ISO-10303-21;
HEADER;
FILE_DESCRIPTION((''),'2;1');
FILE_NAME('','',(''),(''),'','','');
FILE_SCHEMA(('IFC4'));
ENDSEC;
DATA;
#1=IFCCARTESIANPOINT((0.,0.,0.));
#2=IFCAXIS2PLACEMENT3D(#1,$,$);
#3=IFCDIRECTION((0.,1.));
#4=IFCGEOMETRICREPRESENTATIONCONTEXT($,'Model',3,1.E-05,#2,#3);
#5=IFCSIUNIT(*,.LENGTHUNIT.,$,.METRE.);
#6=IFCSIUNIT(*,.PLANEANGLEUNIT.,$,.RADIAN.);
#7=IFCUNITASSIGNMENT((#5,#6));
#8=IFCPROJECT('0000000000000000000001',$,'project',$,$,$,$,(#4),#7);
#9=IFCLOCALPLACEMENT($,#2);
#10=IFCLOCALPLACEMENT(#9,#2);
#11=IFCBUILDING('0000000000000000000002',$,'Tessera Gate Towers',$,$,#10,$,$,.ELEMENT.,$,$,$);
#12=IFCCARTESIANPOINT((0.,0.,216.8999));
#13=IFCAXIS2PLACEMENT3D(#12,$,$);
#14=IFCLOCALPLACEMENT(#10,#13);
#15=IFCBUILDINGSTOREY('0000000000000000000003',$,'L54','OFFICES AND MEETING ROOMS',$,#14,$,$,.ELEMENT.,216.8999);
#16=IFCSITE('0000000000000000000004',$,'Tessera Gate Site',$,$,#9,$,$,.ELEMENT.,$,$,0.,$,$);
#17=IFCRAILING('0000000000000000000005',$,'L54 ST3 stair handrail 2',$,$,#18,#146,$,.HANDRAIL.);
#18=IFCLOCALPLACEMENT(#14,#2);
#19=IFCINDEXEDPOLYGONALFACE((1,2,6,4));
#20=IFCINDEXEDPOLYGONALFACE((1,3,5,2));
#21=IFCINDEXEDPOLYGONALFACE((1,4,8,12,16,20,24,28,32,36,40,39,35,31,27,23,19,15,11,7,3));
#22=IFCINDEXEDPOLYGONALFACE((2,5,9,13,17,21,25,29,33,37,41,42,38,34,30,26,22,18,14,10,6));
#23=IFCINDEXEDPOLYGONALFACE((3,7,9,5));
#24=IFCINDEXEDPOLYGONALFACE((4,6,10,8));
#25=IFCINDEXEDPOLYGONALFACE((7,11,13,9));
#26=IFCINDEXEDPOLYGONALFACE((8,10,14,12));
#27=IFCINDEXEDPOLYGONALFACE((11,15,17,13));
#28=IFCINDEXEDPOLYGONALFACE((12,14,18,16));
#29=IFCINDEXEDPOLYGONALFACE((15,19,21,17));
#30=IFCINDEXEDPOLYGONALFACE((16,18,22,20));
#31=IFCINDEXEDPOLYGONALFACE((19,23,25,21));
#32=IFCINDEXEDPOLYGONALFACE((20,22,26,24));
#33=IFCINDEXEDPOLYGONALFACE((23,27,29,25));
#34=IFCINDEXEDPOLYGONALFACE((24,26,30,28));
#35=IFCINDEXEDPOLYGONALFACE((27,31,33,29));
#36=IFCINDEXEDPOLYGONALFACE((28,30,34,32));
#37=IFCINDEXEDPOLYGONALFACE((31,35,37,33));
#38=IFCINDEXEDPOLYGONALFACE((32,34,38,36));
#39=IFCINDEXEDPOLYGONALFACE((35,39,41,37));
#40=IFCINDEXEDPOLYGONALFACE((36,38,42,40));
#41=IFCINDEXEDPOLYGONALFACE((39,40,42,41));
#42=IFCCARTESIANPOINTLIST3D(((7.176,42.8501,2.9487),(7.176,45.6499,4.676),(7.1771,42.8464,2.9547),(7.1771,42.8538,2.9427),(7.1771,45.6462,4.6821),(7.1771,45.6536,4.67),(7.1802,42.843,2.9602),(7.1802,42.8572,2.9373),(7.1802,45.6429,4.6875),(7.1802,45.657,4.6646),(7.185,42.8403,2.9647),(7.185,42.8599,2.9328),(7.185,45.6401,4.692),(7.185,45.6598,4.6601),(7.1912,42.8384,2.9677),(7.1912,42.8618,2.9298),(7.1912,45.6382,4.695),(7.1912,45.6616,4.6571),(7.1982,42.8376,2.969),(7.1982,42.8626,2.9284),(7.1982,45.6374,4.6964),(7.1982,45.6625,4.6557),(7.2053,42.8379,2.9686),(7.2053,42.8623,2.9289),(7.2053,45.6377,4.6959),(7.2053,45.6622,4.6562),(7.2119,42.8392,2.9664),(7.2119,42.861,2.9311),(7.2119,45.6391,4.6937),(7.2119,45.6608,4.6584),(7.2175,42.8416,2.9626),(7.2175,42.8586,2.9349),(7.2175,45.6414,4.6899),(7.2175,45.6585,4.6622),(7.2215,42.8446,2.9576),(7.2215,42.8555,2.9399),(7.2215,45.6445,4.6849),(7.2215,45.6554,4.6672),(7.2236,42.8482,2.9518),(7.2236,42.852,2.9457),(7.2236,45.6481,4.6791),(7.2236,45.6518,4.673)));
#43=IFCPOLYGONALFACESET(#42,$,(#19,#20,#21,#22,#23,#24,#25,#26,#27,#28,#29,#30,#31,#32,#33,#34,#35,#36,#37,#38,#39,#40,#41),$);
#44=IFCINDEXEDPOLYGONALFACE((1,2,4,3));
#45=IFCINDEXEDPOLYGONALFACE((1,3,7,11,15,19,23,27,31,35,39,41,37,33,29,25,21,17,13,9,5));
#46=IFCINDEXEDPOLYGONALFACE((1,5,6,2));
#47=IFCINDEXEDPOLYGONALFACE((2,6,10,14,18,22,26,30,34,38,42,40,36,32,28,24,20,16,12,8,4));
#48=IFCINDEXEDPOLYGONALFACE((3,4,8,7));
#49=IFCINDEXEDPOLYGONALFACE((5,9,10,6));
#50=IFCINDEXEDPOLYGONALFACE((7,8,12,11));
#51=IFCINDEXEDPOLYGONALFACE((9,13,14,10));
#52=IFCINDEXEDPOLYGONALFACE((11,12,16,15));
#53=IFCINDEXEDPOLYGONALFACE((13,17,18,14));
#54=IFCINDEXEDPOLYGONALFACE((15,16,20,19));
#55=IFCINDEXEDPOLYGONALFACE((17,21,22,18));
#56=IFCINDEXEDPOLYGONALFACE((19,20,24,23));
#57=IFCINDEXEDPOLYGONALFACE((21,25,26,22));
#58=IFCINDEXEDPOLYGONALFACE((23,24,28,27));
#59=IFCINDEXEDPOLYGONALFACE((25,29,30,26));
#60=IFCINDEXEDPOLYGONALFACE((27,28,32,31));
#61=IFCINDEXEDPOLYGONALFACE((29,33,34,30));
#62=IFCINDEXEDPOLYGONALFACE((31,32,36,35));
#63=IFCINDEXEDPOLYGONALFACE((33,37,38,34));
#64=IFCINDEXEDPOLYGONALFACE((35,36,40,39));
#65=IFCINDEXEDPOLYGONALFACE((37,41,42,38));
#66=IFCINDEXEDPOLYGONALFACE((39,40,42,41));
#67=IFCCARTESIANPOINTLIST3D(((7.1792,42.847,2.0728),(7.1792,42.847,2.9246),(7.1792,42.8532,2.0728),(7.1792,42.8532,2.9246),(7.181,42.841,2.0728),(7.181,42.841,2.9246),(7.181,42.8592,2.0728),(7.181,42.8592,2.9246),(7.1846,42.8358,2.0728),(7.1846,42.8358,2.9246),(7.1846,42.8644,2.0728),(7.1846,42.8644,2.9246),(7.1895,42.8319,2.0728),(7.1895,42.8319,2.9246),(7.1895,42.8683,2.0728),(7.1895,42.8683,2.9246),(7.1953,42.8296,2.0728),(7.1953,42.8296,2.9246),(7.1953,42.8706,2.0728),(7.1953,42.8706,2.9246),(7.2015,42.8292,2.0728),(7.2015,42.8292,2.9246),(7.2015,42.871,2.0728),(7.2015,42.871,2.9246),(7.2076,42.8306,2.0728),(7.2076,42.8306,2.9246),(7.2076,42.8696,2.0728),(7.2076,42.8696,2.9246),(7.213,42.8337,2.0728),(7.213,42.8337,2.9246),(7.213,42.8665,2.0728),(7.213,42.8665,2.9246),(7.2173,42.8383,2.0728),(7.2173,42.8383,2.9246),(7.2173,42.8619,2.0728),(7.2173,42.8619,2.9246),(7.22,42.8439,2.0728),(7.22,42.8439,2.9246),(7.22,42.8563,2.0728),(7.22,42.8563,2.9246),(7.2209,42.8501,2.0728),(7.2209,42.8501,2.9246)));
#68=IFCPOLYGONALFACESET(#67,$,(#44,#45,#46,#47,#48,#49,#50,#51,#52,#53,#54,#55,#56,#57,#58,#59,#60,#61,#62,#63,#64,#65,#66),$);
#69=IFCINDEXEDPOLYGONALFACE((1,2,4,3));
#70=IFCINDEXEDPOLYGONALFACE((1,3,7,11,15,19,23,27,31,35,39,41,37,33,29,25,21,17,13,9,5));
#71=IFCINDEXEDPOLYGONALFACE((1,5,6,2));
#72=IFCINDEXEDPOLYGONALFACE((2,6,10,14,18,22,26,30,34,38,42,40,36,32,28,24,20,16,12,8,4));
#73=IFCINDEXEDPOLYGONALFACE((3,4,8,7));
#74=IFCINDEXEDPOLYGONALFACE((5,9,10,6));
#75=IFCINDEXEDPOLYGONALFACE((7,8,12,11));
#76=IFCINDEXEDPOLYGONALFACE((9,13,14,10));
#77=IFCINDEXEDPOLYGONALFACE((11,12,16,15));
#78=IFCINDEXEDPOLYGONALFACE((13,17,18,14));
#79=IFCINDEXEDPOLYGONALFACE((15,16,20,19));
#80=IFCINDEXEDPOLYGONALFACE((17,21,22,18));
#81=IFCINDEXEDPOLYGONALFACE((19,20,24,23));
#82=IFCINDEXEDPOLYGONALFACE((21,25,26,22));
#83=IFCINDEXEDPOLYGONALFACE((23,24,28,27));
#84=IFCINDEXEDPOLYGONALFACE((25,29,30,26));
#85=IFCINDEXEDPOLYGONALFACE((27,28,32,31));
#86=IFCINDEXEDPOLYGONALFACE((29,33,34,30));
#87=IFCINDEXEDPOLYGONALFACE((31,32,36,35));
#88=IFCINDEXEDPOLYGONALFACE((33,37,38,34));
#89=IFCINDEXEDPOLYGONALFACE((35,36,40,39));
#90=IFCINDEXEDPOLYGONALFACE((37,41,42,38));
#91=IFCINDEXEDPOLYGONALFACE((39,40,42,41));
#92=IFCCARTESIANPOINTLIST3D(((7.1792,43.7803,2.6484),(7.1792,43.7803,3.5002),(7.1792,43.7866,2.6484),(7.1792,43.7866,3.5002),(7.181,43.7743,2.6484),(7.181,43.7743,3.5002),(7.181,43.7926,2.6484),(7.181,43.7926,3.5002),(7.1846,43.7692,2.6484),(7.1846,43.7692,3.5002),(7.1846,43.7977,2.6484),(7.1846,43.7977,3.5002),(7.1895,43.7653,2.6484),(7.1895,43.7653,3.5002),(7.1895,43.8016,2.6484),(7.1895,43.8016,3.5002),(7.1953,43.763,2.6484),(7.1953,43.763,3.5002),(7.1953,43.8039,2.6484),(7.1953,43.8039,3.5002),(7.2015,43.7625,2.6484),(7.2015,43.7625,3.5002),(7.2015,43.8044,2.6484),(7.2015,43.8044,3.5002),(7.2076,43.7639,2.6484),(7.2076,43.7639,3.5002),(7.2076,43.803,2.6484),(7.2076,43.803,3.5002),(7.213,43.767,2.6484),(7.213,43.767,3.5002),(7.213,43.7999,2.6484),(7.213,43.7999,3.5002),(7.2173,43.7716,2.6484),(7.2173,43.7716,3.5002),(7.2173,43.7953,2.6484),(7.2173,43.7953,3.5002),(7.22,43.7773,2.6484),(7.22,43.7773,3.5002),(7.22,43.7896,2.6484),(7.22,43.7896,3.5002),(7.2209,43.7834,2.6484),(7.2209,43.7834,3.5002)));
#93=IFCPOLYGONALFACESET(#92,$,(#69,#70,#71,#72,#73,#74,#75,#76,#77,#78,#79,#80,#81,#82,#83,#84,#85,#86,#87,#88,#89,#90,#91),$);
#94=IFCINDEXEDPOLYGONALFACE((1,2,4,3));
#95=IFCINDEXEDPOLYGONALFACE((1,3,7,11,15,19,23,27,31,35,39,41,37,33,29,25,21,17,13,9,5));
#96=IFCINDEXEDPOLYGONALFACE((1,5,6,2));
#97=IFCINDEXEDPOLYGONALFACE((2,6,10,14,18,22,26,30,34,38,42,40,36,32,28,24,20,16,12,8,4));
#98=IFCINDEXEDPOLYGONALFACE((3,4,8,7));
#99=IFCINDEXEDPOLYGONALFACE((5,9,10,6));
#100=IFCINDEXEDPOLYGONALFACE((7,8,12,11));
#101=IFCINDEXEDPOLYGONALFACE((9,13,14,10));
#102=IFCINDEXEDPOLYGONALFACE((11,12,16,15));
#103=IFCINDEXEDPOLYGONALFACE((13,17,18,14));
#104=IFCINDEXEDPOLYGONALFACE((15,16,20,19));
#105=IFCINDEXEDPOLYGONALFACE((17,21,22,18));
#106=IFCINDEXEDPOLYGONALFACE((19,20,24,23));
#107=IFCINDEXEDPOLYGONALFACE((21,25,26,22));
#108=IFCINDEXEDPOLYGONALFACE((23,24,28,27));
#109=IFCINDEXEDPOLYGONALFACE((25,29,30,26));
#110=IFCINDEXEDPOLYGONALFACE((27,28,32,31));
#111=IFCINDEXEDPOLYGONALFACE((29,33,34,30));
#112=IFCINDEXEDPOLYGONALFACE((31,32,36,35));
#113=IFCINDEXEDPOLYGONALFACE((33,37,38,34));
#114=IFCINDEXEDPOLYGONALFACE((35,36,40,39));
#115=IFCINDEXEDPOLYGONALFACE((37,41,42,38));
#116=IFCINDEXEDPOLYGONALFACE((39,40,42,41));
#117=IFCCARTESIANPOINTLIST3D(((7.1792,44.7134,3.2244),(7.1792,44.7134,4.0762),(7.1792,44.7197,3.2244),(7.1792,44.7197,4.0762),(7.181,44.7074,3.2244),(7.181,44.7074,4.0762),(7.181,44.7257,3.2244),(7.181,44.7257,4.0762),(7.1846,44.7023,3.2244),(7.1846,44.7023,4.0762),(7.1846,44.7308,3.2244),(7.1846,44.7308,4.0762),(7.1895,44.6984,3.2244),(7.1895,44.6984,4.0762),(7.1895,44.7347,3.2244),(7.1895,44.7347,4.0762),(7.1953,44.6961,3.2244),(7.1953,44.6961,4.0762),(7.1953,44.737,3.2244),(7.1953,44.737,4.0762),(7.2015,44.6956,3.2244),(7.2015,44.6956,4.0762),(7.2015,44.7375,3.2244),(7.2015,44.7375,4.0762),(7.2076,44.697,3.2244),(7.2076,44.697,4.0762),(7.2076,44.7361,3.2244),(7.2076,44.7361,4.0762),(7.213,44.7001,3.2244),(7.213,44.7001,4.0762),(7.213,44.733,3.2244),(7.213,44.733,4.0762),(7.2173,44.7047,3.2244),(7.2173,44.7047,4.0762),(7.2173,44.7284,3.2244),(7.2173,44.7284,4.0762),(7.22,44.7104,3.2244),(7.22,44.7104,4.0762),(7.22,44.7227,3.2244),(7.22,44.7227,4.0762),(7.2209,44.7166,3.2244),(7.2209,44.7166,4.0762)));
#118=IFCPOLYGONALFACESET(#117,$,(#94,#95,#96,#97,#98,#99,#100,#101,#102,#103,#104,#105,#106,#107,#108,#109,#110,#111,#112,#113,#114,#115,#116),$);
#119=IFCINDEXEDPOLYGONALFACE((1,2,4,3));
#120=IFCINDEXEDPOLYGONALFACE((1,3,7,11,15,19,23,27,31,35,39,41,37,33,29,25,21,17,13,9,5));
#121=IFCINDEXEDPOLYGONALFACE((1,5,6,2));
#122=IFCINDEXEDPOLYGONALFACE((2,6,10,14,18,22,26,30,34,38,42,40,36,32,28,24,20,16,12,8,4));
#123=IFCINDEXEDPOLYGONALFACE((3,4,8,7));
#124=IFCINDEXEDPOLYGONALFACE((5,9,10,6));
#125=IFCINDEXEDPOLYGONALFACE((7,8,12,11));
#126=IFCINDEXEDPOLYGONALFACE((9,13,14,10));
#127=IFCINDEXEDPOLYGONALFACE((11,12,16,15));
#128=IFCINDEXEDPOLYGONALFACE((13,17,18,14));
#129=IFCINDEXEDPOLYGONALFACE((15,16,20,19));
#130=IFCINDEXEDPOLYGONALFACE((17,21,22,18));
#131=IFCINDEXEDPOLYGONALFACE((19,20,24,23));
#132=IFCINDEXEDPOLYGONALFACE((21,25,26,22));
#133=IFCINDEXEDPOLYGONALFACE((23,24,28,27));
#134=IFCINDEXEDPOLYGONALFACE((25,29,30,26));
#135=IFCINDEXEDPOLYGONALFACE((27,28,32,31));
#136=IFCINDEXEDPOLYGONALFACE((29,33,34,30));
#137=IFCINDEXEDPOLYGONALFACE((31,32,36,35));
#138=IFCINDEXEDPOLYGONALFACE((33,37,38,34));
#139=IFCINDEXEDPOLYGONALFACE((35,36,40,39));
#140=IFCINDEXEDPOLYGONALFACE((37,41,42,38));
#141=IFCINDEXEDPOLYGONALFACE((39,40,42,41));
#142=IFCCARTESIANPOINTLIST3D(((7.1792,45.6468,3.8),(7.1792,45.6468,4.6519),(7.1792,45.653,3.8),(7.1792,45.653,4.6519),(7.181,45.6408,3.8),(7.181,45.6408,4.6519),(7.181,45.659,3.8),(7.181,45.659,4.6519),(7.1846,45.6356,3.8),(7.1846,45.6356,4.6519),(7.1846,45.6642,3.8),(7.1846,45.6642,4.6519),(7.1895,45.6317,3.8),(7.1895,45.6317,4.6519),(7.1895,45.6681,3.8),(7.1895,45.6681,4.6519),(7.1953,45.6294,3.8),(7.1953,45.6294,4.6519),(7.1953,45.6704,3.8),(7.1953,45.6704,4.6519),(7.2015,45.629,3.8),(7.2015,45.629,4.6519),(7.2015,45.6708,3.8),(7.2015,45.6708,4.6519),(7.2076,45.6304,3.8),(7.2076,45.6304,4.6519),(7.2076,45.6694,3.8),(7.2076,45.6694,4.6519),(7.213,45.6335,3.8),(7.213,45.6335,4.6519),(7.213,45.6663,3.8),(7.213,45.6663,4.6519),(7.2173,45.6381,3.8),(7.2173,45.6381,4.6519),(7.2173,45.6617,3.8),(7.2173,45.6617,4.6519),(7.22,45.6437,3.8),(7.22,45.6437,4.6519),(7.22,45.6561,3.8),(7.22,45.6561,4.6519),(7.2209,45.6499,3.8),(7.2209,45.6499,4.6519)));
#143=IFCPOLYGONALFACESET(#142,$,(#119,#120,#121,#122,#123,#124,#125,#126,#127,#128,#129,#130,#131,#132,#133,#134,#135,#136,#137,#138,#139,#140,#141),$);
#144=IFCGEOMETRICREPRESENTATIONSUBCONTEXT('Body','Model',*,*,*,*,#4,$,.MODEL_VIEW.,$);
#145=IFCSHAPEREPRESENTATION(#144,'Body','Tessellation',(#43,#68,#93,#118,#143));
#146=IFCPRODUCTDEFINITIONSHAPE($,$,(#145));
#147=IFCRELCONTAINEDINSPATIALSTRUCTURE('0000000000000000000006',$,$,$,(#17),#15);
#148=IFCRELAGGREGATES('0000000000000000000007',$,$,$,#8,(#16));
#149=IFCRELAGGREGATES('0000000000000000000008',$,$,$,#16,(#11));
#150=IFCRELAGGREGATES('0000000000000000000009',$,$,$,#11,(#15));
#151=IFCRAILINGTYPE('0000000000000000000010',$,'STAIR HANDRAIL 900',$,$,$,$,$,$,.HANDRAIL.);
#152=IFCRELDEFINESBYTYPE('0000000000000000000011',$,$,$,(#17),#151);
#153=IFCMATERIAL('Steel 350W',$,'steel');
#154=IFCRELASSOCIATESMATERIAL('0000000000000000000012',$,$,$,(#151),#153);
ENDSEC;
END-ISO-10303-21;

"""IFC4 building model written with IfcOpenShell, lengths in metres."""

from ifc_helpers import new_model, si_unit, direction, frame, origin, origin_2d, place, context, subcontext, project, spatial, circle, extrude, material, type_object, element, save


model = new_model("IFC4")

# Units and contexts
model_context = context("Model", 3, precision=1e-05, world=origin(), true_north=direction((0.0, 1.0)))
body_context = subcontext(model_context, "Body", "Model", "MODEL_VIEW")
ifc_project = project(units=[si_unit("LENGTHUNIT", "METRE"), si_unit("PLANEANGLEUNIT", "RADIAN")], contexts=[model_context])

# Site, building, storey
site_placement = place(None, origin())
site = spatial("IfcSite", under=ifc_project, at=site_placement, Name="Tessera Gate Site", CompositionType="ELEMENT", RefElevation=0.0)
building_placement = place(site_placement, origin())
building = spatial("IfcBuilding", under=site, at=building_placement, Name="Tessera Gate Towers", CompositionType="ELEMENT")
storey_placement = place(building_placement, frame((0.0, 0.0, 216.8999)))
storey = spatial("IfcBuildingStorey", under=building, at=storey_placement, Name="L54", Description="OFFICES AND MEETING ROOMS", CompositionType="ELEMENT", Elevation=216.8999)

# Railing
ifc_material_1 = material(Name="Steel 350W", Category="steel")
railing_type_1 = type_object("IfcRailingType", Name="STAIR HANDRAIL 900", PredefinedType="HANDRAIL", material=ifc_material_1)
railing_1_placement = place(storey_placement, frame((7.2, 42.8501, 2.0728)))
element("IfcRailing", 1, at=railing_1_placement, inside=storey, type_object=railing_type_1, Name="L54 ST3 stair handrail 2", PredefinedType="HANDRAIL", context=body_context, shape_type="SweptSolid", body=[
    extrude(circle(Radius=0.0239, at=origin_2d()), frame((0.0, 0.0, 0.876), z_axis=(0.0, 0.851069, 0.525054), x_axis=(-1.0, 0.0, 0.0)), (0.0, 0.0, 1.0), 3.2898),
    extrude(circle(Radius=0.021, at=origin_2d()), origin(), (0.0, 0.0, 1.0), 0.8518),
    extrude(circle(Radius=0.021, at=origin_2d()), frame((0.0, 0.9333, 0.5757)), (0.0, 0.0, 1.0), 0.8518),
    extrude(circle(Radius=0.021, at=origin_2d()), frame((0.0, 1.8665, 1.1516)), (0.0, 0.0, 1.0), 0.8518),
    extrude(circle(Radius=0.021, at=origin_2d()), frame((0.0, 2.7998, 1.7273)), (0.0, 0.0, 1.0), 0.8518),
])

save(model, "model.ifc")
